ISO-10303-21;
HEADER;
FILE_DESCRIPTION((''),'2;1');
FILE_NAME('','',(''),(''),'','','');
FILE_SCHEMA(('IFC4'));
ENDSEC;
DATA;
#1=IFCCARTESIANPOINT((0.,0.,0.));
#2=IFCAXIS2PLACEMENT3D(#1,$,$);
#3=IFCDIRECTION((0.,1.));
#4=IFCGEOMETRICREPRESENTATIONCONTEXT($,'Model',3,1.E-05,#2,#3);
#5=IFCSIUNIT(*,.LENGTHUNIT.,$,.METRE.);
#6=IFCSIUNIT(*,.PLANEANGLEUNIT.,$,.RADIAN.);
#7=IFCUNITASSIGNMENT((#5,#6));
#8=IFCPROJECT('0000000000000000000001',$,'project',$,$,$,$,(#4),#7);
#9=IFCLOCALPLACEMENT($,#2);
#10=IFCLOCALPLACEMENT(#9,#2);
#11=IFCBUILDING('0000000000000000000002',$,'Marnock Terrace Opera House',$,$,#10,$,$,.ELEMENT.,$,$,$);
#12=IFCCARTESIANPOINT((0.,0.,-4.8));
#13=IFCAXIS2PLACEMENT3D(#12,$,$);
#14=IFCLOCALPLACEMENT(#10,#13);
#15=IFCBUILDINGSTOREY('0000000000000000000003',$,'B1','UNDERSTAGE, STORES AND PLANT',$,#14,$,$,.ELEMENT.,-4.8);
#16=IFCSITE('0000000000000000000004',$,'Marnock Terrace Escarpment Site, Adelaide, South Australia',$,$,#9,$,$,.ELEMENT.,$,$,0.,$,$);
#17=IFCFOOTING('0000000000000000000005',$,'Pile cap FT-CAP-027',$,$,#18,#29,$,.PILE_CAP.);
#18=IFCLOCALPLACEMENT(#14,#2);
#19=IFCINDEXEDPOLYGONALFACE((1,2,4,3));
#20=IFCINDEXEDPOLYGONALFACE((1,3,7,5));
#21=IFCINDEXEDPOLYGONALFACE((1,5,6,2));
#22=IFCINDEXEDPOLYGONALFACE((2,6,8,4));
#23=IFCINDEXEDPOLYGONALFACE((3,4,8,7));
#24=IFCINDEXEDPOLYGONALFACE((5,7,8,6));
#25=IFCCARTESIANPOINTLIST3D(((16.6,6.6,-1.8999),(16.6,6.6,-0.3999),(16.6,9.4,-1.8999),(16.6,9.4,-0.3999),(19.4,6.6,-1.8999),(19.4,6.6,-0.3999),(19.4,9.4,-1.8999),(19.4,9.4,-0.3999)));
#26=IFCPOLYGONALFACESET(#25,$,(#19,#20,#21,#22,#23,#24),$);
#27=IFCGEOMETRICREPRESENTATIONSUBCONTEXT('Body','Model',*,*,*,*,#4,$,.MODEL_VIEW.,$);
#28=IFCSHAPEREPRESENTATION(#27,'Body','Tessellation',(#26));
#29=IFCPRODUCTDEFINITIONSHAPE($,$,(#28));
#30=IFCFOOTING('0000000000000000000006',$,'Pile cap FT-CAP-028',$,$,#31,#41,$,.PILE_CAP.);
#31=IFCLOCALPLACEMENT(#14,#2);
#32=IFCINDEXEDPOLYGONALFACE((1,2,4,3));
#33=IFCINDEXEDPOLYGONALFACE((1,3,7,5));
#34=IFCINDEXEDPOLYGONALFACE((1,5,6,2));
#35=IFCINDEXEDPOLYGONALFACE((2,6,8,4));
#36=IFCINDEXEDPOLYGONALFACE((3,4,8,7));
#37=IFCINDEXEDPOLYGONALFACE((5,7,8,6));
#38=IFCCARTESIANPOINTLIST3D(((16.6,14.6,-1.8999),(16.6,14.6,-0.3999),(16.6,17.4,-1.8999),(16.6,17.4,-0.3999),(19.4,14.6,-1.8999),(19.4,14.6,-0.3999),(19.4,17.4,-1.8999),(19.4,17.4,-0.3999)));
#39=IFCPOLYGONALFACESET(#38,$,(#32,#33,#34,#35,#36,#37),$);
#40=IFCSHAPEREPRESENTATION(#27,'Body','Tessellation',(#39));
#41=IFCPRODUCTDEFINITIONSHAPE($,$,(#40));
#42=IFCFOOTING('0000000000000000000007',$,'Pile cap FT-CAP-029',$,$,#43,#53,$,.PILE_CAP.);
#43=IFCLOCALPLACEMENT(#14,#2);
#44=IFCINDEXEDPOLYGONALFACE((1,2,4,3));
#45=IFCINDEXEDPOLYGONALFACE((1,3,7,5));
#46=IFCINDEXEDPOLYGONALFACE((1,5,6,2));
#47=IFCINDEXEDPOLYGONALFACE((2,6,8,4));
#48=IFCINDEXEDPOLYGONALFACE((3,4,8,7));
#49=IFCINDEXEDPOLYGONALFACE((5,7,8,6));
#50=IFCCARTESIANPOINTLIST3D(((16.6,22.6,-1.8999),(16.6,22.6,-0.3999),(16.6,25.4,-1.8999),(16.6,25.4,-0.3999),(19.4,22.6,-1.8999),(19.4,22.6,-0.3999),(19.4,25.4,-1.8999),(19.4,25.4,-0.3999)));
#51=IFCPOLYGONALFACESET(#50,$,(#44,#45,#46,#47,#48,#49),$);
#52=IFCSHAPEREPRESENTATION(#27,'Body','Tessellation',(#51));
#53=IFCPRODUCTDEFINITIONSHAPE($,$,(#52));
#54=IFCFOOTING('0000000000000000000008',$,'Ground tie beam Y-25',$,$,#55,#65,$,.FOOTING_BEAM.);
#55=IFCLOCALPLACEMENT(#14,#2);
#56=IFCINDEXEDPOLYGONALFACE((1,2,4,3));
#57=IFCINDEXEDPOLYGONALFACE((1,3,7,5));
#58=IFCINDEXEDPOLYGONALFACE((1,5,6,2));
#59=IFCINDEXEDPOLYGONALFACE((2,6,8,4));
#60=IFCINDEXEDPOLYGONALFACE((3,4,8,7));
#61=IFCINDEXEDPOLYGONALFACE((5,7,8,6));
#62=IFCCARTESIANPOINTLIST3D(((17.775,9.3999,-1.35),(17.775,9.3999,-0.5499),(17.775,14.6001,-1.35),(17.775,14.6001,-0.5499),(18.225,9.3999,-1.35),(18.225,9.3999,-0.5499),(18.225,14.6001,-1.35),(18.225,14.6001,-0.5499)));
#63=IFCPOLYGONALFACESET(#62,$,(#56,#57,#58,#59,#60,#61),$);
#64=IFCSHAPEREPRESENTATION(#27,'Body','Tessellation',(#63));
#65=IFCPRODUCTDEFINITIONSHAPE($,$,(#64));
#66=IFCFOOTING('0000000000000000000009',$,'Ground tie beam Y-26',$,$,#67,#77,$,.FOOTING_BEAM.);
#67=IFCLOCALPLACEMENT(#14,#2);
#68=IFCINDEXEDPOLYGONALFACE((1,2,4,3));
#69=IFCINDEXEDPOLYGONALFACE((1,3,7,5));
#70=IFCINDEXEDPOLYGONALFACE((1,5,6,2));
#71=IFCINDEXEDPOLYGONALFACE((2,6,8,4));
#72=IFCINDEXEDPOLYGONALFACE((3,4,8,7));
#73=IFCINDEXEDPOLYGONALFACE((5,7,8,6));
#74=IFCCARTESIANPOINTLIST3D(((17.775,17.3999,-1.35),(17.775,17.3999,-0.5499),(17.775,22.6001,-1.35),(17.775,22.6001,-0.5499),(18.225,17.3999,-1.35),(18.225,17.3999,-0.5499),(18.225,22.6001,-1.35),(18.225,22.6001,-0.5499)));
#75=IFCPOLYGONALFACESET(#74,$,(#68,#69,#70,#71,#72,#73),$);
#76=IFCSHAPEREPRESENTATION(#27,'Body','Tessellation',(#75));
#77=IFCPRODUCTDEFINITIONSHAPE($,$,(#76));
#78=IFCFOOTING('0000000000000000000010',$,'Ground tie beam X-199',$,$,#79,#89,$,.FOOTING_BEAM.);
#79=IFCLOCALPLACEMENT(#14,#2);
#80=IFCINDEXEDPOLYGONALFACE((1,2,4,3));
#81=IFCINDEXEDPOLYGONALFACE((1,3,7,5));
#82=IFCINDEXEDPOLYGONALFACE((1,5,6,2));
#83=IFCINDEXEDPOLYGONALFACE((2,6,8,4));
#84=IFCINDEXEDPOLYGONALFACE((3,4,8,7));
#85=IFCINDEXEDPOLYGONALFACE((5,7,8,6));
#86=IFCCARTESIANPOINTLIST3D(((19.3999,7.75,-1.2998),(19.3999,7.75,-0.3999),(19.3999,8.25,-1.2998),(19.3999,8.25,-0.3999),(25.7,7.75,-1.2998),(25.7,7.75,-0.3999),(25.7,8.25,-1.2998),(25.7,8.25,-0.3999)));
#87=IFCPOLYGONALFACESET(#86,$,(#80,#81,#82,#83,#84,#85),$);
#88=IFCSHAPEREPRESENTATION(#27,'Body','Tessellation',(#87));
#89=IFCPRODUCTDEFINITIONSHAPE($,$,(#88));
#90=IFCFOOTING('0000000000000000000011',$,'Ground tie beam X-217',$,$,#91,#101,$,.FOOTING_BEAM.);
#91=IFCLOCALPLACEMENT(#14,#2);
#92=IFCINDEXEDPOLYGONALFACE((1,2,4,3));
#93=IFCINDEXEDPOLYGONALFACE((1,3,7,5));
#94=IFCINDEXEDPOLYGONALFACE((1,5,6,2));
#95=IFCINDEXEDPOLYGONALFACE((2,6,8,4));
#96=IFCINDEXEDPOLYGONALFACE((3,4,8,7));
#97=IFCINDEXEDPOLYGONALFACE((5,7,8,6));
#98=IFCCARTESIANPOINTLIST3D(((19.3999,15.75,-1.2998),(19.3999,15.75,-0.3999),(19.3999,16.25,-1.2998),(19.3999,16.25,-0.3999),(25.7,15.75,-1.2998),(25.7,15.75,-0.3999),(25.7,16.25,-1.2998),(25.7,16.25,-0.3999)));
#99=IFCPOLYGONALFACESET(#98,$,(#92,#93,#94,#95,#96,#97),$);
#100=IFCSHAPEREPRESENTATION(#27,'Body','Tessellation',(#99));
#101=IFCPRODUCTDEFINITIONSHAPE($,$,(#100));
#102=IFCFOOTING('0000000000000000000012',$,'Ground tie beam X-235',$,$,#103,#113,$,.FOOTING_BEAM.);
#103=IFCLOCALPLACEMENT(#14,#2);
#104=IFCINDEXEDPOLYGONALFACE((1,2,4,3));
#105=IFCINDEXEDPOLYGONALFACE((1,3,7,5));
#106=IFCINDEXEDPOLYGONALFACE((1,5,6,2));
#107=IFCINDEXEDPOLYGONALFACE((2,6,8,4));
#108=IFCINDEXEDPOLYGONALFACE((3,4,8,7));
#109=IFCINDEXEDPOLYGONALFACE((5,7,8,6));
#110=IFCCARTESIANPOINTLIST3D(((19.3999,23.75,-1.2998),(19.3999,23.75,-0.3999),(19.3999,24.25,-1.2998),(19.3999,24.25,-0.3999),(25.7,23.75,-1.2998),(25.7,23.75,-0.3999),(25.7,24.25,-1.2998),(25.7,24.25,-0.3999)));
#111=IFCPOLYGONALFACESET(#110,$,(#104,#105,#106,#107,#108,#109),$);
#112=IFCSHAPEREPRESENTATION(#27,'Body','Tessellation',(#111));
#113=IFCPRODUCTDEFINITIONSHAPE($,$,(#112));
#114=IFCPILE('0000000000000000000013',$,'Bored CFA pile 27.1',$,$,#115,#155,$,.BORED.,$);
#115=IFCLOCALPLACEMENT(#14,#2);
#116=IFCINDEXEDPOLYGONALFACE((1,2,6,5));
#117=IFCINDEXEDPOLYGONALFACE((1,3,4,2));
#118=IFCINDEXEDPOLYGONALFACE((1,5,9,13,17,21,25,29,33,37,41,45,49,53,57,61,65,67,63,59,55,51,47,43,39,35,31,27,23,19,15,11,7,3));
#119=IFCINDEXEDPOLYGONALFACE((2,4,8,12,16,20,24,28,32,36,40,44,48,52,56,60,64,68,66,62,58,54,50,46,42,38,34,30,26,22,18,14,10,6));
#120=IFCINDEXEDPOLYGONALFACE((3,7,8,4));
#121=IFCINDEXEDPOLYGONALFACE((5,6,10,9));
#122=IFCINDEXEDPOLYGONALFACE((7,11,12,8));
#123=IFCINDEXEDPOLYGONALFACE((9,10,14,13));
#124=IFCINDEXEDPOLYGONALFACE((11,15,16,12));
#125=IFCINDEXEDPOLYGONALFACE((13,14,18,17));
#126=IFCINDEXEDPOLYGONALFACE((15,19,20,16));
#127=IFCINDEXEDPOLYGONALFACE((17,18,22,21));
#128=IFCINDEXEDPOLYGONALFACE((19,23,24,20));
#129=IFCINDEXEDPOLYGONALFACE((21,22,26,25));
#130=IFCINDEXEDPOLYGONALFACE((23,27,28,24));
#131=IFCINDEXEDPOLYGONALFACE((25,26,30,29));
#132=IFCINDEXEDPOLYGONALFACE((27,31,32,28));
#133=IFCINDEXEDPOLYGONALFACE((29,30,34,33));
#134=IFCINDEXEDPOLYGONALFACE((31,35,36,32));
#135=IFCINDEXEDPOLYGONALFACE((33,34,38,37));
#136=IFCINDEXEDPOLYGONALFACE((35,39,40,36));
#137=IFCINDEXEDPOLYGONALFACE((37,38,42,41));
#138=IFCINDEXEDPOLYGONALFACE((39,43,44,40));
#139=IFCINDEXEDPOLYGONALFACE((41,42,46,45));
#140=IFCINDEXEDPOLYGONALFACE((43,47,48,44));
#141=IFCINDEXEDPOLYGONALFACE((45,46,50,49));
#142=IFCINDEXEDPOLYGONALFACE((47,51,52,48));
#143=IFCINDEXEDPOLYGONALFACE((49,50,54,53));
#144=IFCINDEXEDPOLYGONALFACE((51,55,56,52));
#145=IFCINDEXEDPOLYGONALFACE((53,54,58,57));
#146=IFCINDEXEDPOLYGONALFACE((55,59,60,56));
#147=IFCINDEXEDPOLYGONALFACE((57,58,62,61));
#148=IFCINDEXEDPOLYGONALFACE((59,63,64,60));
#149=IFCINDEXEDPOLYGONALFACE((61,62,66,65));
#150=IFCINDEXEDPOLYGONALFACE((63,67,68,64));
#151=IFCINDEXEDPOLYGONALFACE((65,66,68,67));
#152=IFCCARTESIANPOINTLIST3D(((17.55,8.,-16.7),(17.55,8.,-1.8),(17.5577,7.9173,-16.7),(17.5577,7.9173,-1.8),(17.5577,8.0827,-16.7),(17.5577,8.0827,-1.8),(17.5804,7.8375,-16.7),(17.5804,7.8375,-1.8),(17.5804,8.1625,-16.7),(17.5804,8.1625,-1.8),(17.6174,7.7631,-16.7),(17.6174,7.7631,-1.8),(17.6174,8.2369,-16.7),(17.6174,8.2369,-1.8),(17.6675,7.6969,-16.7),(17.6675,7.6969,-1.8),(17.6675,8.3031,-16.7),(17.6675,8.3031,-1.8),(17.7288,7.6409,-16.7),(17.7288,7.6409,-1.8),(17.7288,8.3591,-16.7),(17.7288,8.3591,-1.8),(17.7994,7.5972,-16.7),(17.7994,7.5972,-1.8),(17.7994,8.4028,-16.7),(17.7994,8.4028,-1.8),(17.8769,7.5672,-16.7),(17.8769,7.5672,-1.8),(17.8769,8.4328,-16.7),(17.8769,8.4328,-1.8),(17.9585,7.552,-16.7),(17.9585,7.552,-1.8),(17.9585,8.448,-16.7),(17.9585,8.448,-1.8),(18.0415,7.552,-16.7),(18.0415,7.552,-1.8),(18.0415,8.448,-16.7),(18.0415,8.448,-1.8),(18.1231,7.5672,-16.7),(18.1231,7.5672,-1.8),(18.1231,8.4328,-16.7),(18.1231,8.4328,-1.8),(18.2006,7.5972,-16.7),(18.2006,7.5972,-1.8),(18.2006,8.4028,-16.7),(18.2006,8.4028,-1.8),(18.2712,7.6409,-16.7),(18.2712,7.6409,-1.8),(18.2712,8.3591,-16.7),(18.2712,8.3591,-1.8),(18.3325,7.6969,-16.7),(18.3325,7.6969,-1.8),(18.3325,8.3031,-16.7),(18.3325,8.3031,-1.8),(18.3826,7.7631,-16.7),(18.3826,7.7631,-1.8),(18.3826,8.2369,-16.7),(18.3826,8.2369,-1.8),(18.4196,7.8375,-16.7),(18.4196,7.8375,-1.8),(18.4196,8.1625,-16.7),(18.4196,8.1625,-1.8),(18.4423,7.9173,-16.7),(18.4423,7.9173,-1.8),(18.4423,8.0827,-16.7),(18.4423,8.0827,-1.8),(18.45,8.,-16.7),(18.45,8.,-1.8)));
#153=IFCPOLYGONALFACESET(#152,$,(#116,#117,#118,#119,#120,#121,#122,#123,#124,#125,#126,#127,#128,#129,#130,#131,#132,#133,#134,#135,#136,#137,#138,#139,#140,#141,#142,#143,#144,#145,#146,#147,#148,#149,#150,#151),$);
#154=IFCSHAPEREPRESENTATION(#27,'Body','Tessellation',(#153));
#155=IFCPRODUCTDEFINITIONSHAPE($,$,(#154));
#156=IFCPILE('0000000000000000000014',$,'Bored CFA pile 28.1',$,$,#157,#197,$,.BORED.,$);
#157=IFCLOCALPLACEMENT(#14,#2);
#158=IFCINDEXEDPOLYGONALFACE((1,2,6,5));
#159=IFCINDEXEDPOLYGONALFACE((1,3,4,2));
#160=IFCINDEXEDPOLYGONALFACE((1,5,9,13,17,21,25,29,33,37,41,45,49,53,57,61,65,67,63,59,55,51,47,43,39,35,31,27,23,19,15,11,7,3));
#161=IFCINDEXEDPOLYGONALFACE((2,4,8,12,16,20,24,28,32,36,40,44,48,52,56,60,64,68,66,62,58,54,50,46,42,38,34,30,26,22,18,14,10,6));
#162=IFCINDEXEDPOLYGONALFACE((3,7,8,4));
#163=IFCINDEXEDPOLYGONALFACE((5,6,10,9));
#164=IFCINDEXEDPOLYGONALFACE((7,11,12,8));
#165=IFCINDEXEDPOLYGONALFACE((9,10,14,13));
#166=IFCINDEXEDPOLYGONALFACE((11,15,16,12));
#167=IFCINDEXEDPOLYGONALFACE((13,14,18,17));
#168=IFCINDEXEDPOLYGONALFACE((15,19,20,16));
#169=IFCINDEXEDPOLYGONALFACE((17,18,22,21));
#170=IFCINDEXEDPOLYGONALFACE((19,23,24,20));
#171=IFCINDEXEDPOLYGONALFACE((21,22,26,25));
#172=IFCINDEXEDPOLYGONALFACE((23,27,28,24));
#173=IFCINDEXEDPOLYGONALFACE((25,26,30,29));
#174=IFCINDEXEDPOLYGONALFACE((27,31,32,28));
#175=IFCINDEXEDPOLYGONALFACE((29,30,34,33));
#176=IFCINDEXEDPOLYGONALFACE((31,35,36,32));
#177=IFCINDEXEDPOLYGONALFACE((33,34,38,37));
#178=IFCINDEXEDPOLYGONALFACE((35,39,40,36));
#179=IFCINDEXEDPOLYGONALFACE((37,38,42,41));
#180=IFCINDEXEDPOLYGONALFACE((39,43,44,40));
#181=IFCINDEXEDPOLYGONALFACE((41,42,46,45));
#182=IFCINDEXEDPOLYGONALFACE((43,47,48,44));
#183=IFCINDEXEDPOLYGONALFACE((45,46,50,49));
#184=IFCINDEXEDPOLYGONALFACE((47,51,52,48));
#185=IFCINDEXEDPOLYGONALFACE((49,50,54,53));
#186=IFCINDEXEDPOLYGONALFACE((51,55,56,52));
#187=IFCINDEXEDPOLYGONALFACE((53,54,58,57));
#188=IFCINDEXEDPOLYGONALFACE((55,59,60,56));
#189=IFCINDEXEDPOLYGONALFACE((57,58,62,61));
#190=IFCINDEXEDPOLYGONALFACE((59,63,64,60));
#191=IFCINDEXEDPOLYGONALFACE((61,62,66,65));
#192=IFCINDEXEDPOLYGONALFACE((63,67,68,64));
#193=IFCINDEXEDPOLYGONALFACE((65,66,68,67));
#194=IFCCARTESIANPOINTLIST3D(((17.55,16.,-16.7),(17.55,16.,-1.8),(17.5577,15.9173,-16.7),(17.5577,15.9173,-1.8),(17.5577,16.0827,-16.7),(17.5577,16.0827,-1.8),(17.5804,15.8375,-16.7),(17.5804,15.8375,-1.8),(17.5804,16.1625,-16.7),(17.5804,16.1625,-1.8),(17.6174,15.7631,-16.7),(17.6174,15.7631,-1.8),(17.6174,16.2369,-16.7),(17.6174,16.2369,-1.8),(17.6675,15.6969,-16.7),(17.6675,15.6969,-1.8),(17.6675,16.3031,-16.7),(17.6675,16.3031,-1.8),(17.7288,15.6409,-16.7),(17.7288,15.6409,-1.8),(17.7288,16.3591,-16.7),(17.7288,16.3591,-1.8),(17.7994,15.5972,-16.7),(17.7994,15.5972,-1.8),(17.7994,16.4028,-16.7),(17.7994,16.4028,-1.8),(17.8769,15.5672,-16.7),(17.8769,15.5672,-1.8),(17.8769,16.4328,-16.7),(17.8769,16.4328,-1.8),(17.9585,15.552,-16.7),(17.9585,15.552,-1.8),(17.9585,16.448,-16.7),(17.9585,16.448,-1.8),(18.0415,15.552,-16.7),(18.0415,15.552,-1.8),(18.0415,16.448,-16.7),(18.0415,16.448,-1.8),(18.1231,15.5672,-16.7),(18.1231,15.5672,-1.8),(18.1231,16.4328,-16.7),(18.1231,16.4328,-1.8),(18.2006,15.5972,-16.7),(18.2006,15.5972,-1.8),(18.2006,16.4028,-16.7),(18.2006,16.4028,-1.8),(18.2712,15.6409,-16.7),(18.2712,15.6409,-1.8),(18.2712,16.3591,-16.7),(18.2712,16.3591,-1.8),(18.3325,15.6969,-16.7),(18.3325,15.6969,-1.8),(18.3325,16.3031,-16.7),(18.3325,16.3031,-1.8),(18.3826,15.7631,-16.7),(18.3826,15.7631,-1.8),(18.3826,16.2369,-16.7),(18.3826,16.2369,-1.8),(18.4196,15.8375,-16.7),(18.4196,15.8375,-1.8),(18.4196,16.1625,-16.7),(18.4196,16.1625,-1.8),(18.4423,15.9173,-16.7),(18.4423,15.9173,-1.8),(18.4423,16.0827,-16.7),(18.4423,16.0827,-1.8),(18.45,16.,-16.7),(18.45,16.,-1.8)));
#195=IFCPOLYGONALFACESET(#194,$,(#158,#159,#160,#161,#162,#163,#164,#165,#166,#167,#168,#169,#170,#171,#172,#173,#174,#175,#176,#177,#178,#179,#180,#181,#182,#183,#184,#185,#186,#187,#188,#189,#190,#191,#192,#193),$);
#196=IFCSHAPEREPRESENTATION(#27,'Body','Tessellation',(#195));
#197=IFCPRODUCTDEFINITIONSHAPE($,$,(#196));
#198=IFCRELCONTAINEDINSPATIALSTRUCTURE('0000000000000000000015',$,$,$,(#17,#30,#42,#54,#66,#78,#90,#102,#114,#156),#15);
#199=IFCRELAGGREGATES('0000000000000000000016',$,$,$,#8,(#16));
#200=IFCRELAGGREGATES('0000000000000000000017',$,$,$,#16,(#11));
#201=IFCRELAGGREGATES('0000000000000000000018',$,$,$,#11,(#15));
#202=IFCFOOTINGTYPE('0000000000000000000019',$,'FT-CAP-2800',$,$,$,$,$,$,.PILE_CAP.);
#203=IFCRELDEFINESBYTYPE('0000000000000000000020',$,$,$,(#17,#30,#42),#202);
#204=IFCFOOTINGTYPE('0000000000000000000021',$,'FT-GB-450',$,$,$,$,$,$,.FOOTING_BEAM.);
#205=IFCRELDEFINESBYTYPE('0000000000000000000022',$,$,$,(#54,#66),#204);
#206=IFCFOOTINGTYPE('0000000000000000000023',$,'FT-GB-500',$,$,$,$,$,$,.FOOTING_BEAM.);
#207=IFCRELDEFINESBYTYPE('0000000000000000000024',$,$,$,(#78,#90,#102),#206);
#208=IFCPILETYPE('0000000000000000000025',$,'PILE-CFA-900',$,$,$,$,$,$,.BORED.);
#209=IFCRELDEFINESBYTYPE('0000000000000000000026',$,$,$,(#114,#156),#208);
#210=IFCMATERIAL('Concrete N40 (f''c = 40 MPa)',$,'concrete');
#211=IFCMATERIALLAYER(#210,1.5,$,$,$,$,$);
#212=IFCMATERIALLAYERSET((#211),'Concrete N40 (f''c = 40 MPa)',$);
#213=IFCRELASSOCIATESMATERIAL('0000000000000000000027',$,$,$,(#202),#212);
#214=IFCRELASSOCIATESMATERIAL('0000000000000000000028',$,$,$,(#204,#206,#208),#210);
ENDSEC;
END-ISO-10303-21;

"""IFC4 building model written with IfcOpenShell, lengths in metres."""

from ifc_helpers import new_model, si_unit, direction, frame, origin, origin_2d, place, context, subcontext, project, spatial, rectangle, circle, extrude, material, layer, layer_set, material_profile, profile_set, type_object, element, save


model = new_model("IFC4")

# Units and contexts
model_context = context("Model", 3, precision=1e-05, world=origin(), true_north=direction((0.0, 1.0)))
body_context = subcontext(model_context, "Body", "Model", "MODEL_VIEW")
ifc_project = project(units=[si_unit("LENGTHUNIT", "METRE"), si_unit("PLANEANGLEUNIT", "RADIAN")], contexts=[model_context])

# Site, building, storey
site_placement = place(None, origin())
site = spatial("IfcSite", under=ifc_project, at=site_placement, Name="Marnock Terrace Escarpment Site, Adelaide, South Australia", CompositionType="ELEMENT", RefElevation=0.0)
building_placement = place(site_placement, origin())
building = spatial("IfcBuilding", under=site, at=building_placement, Name="Marnock Terrace Opera House", CompositionType="ELEMENT")
storey_placement = place(building_placement, frame((0.0, 0.0, -4.8)))
storey = spatial("IfcBuildingStorey", under=building, at=storey_placement, Name="B1", Description="UNDERSTAGE, STORES AND PLANT", CompositionType="ELEMENT", Elevation=-4.8)

# Footings
ifc_material_1 = material(Name="Concrete N40 (f'c = 40 MPa)", Category="concrete")
ifc_layer_1 = layer(ifc_material_1, 1.5)
ifc_layer_set_1 = layer_set([ifc_layer_1], Name="Concrete N40 (f'c = 40 MPa)")
footing_type_1 = type_object("IfcFootingType", Name="FT-CAP-2800", PredefinedType="PILE_CAP", material=ifc_layer_set_1)
for number, where, z_axis, x_axis, name in (
    (1, (18.0, 8.0, -1.8999), (0.0, 0.0, 1.0), (1.0, 0.0, 0.0), "Pile cap FT-CAP-027"),
    (2, (18.0, 16.0, -1.8999), (0.0, 0.0, 1.0), (1.0, 0.0, 0.0), "Pile cap FT-CAP-028"),
    (3, (18.0, 24.0, -1.8999), (0.0, 0.0, 1.0), (1.0, 0.0, 0.0), "Pile cap FT-CAP-029"),
):
    element("IfcFooting", number, at=place(storey_placement, frame(where, z_axis=z_axis, x_axis=x_axis)), inside=storey, type_object=footing_type_1, Name=name, PredefinedType="PILE_CAP", context=body_context, shape_type="SweptSolid", body=[
        extrude(rectangle(XDim=2.8, YDim=2.8, at=origin_2d()), origin(), (0.0, 0.0, 1.0), 1.5),
    ])
ifc_material_profile_1 = material_profile(ifc_material_1, rectangle(XDim=0.45, YDim=0.8, at=origin_2d()))
ifc_profile_set_1 = profile_set([ifc_material_profile_1], Name="Concrete N40 (f'c = 40 MPa)")
footing_type_2 = type_object("IfcFootingType", Name="FT-GB-450", PredefinedType="FOOTING_BEAM", material=ifc_profile_set_1)
for number, where, z_axis, x_axis, name in (
    (4, (18.0, 9.3999, -0.95), (0.0, 1.0, 0.0), (-1.0, 0.0, 0.0), "Ground tie beam Y-25"),
    (5, (18.0, 17.3999, -0.95), (0.0, 1.0, 0.0), (-1.0, 0.0, 0.0), "Ground tie beam Y-26"),
):
    element("IfcFooting", number, at=place(storey_placement, frame(where, z_axis=z_axis, x_axis=x_axis)), inside=storey, type_object=footing_type_2, Name=name, PredefinedType="FOOTING_BEAM", context=body_context, shape_type="SweptSolid", body=[
        extrude(rectangle(XDim=0.45, YDim=0.8, at=origin_2d()), origin(), (0.0, 0.0, 1.0), 5.2002),
    ])
ifc_material_profile_2 = material_profile(ifc_material_1, rectangle(XDim=0.5, YDim=0.8999, at=origin_2d()))
ifc_profile_set_2 = profile_set([ifc_material_profile_2], Name="Concrete N40 (f'c = 40 MPa)")
footing_type_3 = type_object("IfcFootingType", Name="FT-GB-500", PredefinedType="FOOTING_BEAM", material=ifc_profile_set_2)
for number, where, z_axis, x_axis, name in (
    (6, (19.3999, 8.0, -0.8499), (1.0, 0.0, 0.0), (0.0, 1.0, 0.0), "Ground tie beam X-199"),
    (7, (19.3999, 16.0, -0.8499), (1.0, 0.0, 0.0), (0.0, 1.0, 0.0), "Ground tie beam X-217"),
    (8, (19.3999, 24.0, -0.8499), (1.0, 0.0, 0.0), (0.0, 1.0, 0.0), "Ground tie beam X-235"),
):
    element("IfcFooting", number, at=place(storey_placement, frame(where, z_axis=z_axis, x_axis=x_axis)), inside=storey, type_object=footing_type_3, Name=name, PredefinedType="FOOTING_BEAM", context=body_context, shape_type="SweptSolid", body=[
        extrude(rectangle(XDim=0.5, YDim=0.8999, at=origin_2d()), origin(), (0.0, 0.0, 1.0), 6.3),
    ])

# Piles
ifc_material_profile_3 = material_profile(ifc_material_1, circle(Radius=0.45, at=origin_2d()))
ifc_profile_set_3 = profile_set([ifc_material_profile_3], Name="Concrete N40 (f'c = 40 MPa)")
pile_type = type_object("IfcPileType", Name="PILE-CFA-900", PredefinedType="BORED", material=ifc_profile_set_3)
for number, where, z_axis, x_axis, name in (
    (9, (18.0, 8.0, -1.8), (0.0, 0.0, -1.0), (1.0, 0.0, 0.0), "Bored CFA pile 27.1"),
    (10, (18.0, 16.0, -1.8), (0.0, 0.0, -1.0), (1.0, 0.0, 0.0), "Bored CFA pile 28.1"),
):
    element("IfcPile", number, at=place(storey_placement, frame(where, z_axis=z_axis, x_axis=x_axis)), inside=storey, type_object=pile_type, Name=name, PredefinedType="BORED", context=body_context, shape_type="SweptSolid", body=[
        extrude(circle(Radius=0.45, at=origin_2d()), origin(), (0.0, 0.0, 1.0), 14.8999),
    ])

save(model, "model.ifc")
